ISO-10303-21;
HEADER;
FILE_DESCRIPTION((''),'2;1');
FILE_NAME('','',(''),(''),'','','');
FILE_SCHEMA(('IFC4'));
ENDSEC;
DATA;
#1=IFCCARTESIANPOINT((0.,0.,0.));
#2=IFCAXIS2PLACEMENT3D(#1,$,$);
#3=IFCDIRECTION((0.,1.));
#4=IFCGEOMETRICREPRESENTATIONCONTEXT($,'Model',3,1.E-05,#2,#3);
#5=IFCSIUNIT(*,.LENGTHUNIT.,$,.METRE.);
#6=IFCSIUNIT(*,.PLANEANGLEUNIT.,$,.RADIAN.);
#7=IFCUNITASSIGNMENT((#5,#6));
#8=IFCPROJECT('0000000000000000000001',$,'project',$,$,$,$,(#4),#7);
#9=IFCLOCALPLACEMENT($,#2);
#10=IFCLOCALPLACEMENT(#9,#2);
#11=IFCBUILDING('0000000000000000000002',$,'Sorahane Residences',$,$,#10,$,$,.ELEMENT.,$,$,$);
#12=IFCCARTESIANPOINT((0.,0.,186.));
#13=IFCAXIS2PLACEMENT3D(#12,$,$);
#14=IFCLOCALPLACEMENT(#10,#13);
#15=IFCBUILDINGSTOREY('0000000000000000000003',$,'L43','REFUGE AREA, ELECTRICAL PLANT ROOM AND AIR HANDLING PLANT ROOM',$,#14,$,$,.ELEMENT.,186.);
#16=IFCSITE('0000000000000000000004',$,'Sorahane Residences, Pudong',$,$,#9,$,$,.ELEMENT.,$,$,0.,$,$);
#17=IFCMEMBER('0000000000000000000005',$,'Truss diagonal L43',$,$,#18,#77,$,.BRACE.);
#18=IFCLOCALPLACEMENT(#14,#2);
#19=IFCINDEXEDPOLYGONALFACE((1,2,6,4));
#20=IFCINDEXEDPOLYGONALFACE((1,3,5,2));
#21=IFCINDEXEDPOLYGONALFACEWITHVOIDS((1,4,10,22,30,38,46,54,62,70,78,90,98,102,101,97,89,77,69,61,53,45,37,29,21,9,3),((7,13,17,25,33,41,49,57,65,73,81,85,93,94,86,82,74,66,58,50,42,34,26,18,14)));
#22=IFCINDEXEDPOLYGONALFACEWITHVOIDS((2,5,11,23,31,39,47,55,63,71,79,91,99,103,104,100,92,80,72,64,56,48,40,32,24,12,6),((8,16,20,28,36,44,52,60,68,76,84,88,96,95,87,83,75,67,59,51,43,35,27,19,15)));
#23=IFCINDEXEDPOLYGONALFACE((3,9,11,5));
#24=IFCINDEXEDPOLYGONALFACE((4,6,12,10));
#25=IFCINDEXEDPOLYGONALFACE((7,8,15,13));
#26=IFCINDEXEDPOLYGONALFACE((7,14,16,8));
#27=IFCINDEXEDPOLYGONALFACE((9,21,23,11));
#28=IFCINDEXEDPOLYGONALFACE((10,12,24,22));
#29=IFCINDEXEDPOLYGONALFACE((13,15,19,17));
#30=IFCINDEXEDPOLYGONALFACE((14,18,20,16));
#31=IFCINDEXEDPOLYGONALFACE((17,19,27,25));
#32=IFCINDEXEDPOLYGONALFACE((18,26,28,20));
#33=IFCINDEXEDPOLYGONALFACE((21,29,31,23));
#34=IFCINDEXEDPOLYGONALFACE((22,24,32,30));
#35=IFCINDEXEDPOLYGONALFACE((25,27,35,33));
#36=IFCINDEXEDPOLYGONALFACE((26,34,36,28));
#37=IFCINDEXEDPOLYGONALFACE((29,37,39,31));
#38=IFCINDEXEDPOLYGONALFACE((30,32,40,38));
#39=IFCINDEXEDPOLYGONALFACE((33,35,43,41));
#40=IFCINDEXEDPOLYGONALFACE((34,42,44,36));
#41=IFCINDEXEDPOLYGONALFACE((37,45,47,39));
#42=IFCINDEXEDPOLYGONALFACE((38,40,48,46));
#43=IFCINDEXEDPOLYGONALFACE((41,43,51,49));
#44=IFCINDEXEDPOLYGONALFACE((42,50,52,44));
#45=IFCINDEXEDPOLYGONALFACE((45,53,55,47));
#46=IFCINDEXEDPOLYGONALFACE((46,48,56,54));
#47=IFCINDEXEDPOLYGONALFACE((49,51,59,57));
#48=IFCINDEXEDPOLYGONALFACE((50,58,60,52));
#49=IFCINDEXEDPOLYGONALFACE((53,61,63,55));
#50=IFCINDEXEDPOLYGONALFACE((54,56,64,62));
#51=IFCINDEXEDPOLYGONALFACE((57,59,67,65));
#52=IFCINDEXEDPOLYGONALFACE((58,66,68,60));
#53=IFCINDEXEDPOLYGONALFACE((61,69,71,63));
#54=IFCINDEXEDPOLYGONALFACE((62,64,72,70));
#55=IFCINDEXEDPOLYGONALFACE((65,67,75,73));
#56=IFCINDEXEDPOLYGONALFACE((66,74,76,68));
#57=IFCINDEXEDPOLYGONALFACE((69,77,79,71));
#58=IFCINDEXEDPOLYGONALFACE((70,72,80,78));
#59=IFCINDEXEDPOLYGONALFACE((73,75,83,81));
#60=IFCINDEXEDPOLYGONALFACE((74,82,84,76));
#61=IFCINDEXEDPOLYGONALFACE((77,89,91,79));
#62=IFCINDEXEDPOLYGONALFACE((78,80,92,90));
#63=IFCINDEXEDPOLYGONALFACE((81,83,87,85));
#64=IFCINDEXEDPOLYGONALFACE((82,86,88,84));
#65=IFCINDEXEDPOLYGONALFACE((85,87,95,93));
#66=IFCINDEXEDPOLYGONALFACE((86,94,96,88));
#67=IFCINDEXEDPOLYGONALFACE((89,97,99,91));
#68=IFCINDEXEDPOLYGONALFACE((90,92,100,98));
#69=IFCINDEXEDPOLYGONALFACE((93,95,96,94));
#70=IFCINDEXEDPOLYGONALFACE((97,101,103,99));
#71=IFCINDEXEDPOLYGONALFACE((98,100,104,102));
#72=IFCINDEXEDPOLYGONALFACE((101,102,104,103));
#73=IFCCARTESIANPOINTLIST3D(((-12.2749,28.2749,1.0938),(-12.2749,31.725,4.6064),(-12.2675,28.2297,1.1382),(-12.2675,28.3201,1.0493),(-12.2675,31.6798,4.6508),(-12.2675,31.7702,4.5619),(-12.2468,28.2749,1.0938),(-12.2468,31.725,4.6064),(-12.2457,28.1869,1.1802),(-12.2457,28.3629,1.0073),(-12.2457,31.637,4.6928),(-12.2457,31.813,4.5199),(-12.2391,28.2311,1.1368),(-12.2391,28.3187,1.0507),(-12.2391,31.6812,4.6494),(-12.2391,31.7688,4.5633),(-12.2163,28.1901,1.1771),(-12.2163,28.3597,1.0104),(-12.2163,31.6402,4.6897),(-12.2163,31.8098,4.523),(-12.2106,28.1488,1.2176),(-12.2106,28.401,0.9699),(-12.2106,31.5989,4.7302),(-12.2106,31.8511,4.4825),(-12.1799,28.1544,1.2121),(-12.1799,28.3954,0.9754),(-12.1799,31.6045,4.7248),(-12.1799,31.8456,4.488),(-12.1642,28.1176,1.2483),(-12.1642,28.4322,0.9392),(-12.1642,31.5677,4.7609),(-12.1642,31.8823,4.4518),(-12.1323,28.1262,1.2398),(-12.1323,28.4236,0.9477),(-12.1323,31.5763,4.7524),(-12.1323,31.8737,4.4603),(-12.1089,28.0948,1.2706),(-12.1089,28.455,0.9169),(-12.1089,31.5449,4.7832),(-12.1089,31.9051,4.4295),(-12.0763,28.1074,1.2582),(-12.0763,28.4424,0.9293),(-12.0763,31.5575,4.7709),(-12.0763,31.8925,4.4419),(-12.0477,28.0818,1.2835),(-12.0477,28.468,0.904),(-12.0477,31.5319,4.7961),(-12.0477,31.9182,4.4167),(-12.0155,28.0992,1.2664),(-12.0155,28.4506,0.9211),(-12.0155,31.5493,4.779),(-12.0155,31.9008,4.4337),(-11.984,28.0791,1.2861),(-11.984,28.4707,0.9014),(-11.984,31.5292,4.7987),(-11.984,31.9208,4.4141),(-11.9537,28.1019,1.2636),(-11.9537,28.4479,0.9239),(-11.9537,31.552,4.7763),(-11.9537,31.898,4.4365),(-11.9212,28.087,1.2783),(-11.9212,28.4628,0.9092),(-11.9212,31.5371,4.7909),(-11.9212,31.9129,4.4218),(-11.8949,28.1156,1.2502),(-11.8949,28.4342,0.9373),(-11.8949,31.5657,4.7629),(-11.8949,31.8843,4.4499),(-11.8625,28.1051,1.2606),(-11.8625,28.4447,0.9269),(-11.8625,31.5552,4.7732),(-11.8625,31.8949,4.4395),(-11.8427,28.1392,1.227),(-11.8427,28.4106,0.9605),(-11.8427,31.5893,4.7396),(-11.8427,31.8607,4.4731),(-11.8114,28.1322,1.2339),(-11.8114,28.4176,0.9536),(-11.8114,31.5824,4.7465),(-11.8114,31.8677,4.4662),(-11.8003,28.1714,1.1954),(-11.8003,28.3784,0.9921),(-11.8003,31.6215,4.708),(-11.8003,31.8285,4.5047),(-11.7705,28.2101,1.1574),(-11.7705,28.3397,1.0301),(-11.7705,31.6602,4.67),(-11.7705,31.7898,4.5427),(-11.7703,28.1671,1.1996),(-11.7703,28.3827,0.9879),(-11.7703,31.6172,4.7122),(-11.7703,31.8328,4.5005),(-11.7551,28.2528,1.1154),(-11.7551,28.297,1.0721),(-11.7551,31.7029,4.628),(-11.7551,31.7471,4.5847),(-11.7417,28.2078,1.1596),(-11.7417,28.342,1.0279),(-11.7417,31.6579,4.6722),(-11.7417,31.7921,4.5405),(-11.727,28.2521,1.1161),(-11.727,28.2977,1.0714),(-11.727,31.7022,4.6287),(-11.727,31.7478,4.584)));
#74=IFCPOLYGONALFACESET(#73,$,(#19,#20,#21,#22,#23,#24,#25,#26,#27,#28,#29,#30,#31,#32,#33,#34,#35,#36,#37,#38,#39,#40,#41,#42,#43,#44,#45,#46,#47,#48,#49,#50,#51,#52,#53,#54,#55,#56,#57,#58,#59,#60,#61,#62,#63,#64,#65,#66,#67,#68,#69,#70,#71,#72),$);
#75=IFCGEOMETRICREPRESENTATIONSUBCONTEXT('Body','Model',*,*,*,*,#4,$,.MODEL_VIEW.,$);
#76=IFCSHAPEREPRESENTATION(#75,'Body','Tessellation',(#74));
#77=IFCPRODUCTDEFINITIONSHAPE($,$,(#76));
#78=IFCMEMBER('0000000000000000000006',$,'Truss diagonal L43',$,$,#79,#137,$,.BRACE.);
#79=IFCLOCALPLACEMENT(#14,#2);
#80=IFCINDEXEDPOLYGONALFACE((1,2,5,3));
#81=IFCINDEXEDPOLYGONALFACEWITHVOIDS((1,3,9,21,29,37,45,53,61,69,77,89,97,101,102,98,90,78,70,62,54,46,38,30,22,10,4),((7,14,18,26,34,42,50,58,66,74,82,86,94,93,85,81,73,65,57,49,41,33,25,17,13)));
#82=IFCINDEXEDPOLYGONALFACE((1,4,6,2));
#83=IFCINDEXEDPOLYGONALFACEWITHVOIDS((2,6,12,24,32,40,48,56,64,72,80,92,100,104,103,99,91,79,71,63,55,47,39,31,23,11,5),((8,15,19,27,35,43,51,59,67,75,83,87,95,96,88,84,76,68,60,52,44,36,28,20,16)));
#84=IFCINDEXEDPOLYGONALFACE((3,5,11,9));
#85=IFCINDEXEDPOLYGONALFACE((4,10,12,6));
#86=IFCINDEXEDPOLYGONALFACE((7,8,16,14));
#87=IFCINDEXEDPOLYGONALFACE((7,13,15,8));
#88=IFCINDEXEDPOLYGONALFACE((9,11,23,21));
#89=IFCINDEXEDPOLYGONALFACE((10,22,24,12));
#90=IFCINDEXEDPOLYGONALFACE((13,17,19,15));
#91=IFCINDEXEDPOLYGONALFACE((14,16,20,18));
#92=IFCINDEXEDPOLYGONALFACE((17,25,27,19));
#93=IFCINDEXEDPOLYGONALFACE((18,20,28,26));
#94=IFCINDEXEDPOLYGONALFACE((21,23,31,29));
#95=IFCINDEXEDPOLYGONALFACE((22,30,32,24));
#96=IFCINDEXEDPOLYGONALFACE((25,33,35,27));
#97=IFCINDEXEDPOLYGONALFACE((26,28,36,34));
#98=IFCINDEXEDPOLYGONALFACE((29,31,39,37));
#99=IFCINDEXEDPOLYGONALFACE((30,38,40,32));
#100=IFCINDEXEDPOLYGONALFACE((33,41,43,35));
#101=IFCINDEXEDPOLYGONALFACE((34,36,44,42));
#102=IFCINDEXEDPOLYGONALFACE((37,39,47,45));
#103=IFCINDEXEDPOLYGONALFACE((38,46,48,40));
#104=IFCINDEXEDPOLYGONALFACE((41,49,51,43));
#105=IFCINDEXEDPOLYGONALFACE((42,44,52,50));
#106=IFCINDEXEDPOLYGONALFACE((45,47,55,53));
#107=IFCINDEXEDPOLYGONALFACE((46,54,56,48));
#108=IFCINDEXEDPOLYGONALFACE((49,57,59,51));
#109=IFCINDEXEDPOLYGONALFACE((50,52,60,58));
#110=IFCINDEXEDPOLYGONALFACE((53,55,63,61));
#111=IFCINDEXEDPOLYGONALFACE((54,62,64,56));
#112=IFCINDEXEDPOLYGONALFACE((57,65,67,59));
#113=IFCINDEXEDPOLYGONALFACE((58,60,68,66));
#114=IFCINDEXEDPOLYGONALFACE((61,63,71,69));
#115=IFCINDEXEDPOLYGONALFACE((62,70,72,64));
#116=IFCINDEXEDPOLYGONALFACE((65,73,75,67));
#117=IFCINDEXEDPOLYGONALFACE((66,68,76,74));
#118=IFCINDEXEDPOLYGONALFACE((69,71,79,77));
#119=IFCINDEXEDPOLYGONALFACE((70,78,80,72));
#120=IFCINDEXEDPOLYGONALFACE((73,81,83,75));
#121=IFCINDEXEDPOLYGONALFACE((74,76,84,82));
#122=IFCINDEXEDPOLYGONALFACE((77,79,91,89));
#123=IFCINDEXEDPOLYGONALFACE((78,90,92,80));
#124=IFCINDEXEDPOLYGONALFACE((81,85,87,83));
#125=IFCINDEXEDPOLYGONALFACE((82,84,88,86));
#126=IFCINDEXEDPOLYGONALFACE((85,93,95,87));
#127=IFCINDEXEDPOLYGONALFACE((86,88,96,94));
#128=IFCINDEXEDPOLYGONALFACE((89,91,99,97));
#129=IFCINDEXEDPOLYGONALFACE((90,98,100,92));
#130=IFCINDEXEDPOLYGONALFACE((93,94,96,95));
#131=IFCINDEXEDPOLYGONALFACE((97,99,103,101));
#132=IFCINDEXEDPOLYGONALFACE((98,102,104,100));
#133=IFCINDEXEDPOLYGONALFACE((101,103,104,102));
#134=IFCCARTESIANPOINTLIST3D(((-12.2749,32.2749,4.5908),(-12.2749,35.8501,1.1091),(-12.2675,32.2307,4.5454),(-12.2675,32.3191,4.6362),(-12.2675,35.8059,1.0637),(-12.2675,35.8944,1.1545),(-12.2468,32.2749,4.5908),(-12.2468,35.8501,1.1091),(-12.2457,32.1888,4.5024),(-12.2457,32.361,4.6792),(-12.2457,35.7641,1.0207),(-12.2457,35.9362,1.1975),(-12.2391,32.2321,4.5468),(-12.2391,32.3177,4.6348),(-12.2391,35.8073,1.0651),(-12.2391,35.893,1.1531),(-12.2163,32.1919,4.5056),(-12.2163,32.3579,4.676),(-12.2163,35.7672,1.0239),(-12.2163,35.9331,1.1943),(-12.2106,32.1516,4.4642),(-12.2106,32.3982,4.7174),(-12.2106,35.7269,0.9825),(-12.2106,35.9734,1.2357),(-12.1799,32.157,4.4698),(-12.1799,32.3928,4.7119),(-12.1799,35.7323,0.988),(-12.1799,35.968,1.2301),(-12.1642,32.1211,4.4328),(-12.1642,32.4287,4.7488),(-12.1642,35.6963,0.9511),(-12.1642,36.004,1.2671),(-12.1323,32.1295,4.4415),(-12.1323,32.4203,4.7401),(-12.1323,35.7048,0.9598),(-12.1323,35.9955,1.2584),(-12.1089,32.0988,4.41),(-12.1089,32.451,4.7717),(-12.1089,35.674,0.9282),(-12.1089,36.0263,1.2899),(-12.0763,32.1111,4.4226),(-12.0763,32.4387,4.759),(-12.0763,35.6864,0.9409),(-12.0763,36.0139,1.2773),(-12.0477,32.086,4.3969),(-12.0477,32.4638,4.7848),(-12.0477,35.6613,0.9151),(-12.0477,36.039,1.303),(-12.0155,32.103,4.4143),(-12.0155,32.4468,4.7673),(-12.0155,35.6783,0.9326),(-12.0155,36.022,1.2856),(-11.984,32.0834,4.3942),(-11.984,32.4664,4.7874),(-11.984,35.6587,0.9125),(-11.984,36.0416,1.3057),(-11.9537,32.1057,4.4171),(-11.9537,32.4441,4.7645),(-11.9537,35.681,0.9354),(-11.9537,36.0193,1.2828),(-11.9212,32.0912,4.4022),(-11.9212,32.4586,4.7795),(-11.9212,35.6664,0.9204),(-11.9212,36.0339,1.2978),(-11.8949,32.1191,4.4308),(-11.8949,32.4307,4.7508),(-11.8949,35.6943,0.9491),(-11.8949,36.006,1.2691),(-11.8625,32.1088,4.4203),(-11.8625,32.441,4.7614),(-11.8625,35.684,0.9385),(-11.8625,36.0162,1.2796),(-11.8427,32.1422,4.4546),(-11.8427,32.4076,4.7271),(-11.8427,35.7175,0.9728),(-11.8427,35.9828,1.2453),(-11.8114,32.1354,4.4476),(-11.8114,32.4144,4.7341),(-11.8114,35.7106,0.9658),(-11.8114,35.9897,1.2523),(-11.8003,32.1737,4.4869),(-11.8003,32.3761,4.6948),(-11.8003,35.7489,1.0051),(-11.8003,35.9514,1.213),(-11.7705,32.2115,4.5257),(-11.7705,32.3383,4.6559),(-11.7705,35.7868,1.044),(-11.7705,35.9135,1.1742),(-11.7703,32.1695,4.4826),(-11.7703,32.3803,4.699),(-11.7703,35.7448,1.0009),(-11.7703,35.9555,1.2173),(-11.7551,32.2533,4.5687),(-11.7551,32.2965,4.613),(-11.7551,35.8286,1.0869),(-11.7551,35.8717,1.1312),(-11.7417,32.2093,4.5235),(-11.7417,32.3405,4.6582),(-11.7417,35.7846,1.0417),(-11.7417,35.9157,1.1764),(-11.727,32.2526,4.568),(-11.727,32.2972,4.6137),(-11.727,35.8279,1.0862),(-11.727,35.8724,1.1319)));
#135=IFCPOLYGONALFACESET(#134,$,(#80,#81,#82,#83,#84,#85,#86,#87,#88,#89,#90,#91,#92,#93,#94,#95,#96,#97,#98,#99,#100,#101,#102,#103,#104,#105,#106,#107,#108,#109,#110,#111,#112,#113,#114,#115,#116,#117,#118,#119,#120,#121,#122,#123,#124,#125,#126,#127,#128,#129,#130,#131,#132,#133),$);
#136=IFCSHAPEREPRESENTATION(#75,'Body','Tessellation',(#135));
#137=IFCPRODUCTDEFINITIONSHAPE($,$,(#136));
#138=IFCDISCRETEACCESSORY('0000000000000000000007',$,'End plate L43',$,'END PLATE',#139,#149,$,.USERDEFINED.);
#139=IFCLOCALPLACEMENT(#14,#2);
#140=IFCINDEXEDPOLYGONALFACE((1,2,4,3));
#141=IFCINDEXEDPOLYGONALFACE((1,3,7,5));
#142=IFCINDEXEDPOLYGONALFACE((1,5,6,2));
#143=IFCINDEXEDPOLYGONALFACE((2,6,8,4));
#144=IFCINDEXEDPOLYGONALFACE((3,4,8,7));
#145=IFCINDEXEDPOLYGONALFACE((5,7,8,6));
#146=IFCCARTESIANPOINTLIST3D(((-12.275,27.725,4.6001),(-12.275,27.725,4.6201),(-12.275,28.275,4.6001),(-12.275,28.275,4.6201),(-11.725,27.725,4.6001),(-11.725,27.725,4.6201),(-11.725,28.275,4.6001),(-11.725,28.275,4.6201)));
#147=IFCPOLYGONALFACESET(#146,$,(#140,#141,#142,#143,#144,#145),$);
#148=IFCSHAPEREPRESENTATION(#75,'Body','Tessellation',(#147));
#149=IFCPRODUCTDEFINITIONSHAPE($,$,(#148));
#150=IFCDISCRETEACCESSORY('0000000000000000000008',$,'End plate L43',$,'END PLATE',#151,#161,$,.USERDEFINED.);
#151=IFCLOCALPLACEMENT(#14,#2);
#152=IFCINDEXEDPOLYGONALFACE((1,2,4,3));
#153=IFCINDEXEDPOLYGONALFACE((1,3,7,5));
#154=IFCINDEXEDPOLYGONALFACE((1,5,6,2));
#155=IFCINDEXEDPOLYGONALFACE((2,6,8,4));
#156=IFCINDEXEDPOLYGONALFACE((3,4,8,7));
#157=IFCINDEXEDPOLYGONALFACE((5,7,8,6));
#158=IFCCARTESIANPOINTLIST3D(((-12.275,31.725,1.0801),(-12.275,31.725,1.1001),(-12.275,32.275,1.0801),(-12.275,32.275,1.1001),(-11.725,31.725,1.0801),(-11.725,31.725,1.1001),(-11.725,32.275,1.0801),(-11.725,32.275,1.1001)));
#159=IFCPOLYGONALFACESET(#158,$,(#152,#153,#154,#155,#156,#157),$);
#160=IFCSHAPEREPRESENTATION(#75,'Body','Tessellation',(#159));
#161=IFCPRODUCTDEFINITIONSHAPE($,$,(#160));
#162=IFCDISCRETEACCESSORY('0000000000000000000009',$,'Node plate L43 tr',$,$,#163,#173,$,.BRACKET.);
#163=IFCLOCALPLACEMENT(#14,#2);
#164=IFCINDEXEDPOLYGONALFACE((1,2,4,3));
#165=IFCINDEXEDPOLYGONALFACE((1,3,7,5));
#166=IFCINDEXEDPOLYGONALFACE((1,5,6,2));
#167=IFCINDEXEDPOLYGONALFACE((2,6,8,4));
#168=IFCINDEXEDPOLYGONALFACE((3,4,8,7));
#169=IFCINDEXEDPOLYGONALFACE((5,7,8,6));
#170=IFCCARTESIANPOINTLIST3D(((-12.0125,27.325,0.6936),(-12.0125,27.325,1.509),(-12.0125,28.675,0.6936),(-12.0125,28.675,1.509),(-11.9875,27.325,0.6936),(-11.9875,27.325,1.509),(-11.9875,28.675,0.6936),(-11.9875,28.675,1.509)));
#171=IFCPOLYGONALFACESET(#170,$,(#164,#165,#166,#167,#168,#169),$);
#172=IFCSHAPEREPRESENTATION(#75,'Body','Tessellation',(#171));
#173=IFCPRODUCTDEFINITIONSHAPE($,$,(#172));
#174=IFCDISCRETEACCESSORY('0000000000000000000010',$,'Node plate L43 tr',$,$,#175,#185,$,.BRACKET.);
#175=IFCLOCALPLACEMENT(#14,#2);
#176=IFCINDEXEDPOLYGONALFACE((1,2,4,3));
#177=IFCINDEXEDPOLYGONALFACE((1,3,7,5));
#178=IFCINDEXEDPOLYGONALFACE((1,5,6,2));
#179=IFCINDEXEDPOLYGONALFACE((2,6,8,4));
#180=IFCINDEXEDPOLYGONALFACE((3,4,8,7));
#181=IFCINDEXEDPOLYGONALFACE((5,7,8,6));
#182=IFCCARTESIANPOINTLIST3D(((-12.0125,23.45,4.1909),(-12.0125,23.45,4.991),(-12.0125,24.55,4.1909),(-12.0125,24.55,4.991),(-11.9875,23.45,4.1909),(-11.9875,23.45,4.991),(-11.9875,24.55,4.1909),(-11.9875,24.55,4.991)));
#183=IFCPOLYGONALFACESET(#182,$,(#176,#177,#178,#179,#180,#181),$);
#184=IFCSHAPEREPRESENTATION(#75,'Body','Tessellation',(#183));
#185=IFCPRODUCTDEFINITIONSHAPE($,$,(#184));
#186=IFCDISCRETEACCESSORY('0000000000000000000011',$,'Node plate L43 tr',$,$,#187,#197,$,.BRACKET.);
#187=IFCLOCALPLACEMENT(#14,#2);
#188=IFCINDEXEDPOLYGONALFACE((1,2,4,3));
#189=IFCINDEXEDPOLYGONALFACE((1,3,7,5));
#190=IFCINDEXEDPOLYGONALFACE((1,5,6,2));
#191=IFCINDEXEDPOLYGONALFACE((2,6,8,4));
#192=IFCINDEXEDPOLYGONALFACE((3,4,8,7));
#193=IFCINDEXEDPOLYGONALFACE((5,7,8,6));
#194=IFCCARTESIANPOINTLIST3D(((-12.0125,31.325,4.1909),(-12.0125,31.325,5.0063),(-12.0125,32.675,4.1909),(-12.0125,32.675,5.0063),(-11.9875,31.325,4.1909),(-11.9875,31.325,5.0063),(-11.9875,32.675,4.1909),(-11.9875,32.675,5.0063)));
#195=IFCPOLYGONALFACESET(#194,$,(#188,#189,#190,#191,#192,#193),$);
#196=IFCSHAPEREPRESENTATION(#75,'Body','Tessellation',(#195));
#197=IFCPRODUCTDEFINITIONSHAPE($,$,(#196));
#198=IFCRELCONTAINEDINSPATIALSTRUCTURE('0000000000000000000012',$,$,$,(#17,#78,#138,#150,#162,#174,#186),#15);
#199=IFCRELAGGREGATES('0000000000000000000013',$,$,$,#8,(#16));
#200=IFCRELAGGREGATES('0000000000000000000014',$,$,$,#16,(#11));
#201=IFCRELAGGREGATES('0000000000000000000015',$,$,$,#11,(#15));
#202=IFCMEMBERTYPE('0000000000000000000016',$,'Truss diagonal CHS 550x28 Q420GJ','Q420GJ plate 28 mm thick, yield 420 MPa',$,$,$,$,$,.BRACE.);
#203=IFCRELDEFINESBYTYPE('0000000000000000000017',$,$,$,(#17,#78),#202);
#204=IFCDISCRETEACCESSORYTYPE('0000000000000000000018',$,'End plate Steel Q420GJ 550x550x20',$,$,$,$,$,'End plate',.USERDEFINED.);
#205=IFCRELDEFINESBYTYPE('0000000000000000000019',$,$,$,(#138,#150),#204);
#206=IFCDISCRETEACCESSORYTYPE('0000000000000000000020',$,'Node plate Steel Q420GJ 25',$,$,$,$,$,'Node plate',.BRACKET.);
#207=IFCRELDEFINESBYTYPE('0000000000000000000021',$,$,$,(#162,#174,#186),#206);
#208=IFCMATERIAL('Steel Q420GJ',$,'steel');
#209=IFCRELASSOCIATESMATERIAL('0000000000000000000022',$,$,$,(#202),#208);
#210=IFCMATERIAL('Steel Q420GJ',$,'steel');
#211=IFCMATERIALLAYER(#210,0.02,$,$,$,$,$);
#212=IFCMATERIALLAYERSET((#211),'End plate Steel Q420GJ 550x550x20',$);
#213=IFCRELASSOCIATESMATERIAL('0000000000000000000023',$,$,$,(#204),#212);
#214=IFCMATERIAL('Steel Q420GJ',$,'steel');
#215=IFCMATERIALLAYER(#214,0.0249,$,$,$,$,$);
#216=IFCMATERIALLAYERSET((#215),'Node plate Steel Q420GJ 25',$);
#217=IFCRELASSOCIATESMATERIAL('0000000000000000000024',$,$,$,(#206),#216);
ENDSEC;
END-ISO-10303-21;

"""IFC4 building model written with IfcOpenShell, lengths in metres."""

from ifc_helpers import new_model, si_unit, direction, frame, origin, origin_2d, place, context, subcontext, project, spatial, rectangle, hollow_circle, extrude, material, layer, layer_set, material_profile, profile_set, type_object, element, save


model = new_model("IFC4")

# Units and contexts
model_context = context("Model", 3, precision=1e-05, world=origin(), true_north=direction((0.0, 1.0)))
body_context = subcontext(model_context, "Body", "Model", "MODEL_VIEW")
ifc_project = project(units=[si_unit("LENGTHUNIT", "METRE"), si_unit("PLANEANGLEUNIT", "RADIAN")], contexts=[model_context])

# Site, building, storey
site_placement = place(None, origin())
site = spatial("IfcSite", under=ifc_project, at=site_placement, Name="Sorahane Residences, Pudong", CompositionType="ELEMENT", RefElevation=0.0)
building_placement = place(site_placement, origin())
building = spatial("IfcBuilding", under=site, at=building_placement, Name="Sorahane Residences", CompositionType="ELEMENT")
storey_placement = place(building_placement, frame((0.0, 0.0, 186.0)))
storey = spatial("IfcBuildingStorey", under=building, at=storey_placement, Name="L43", Description="REFUGE AREA, ELECTRICAL PLANT ROOM AND AIR HANDLING PLANT ROOM", CompositionType="ELEMENT", Elevation=186.0)

# Members
ifc_material_1 = material(Name="Steel Q420GJ", Category="steel")
ifc_material_profile_1 = material_profile(ifc_material_1, hollow_circle(Radius=0.2749, WallThickness=0.0281, at=origin_2d()), Name="CHS 550x28")
ifc_profile_set_1 = profile_set([ifc_material_profile_1], Name="Steel Q420GJ")
member_type = type_object("IfcMemberType", Name="Truss diagonal CHS 550x28 Q420GJ", Description="Q420GJ plate 28 mm thick, yield 420 MPa", PredefinedType="BRACE", material=ifc_profile_set_1)
member_1_placement = place(storey_placement, frame((-12.0, 28.2749, 1.0938), z_axis=(0.0, 0.700731, 0.713425), x_axis=(-1.0, 0.0, 0.0)))
element("IfcMember", 1, at=member_1_placement, inside=storey, type_object=member_type, Name="Truss diagonal L43", PredefinedType="BRACE", context=body_context, shape_type="SweptSolid", body=[
    extrude(hollow_circle(Radius=0.2749, WallThickness=0.0281, at=origin_2d()), origin(), (0.0, 0.0, 1.0), 4.9236),
])
member_2_placement = place(storey_placement, frame((-12.0, 32.2749, 4.5908), z_axis=(0.0, 0.716413, -0.697676), x_axis=(-1.0, 0.0, 0.0)))
element("IfcMember", 2, at=member_2_placement, inside=storey, type_object=member_type, Name="Truss diagonal L43", PredefinedType="BRACE", context=body_context, shape_type="SweptSolid", body=[
    extrude(hollow_circle(Radius=0.2749, WallThickness=0.0281, at=origin_2d()), origin(), (0.0, 0.0, 1.0), 4.9905),
])

# Discrete accessories
ifc_material_2 = material(Name="Steel Q420GJ", Category="steel")
ifc_layer_1 = layer(ifc_material_2, 0.02)
ifc_layer_set_1 = layer_set([ifc_layer_1], Name="End plate Steel Q420GJ 550x550x20")
discrete_accessory_type_1 = type_object("IfcDiscreteAccessoryType", Name="End plate Steel Q420GJ 550x550x20", ElementType="End plate", PredefinedType="USERDEFINED", material=ifc_layer_set_1)
for number, where, z_axis, x_axis, name in (
    (3, (-12.0, 28.0, 4.6001), (0.0, 0.0, 1.0), (1.0, 0.0, 0.0), "End plate L43"),
    (4, (-12.0, 32.0, 1.0801), (0.0, 0.0, 1.0), (1.0, 0.0, 0.0), "End plate L43"),
):
    element("IfcDiscreteAccessory", number, at=place(storey_placement, frame(where, z_axis=z_axis, x_axis=x_axis)), inside=storey, type_object=discrete_accessory_type_1, Name=name, ObjectType="END PLATE", PredefinedType="USERDEFINED", context=body_context, shape_type="SweptSolid", body=[
        extrude(rectangle(XDim=0.55, YDim=0.55, at=origin_2d()), origin(), (0.0, 0.0, 1.0), 0.02),
    ])
ifc_material_3 = material(Name="Steel Q420GJ", Category="steel")
ifc_layer_2 = layer(ifc_material_3, 0.0249)
ifc_layer_set_2 = layer_set([ifc_layer_2], Name="Node plate Steel Q420GJ 25")
discrete_accessory_type_2 = type_object("IfcDiscreteAccessoryType", Name="Node plate Steel Q420GJ 25", ElementType="Node plate", PredefinedType="BRACKET", material=ifc_layer_set_2)
discrete_accessory_1_placement = place(storey_placement, frame((-12.0, 28.0, 0.6936), z_axis=(0.0, 0.0, 1.0), x_axis=(0.0, 1.0, 0.0)))
element("IfcDiscreteAccessory", 5, at=discrete_accessory_1_placement, inside=storey, type_object=discrete_accessory_type_2, Name="Node plate L43 tr", PredefinedType="BRACKET", context=body_context, shape_type="SweptSolid", body=[
    extrude(rectangle(XDim=1.3501, YDim=0.0249, at=origin_2d()), origin(), (0.0, 0.0, 1.0), 0.8154),
])
discrete_accessory_2_placement = place(storey_placement, frame((-12.0, 24.0, 4.1909), z_axis=(0.0, 0.0, 1.0), x_axis=(0.0, 1.0, 0.0)))
element("IfcDiscreteAccessory", 6, at=discrete_accessory_2_placement, inside=storey, type_object=discrete_accessory_type_2, Name="Node plate L43 tr", PredefinedType="BRACKET", context=body_context, shape_type="SweptSolid", body=[
    extrude(rectangle(XDim=1.1001, YDim=0.0249, at=origin_2d()), origin(), (0.0, 0.0, 1.0), 0.8),
])
discrete_accessory_3_placement = place(storey_placement, frame((-12.0, 32.0, 4.1909), z_axis=(0.0, 0.0, 1.0), x_axis=(0.0, 1.0, 0.0)))
element("IfcDiscreteAccessory", 7, at=discrete_accessory_3_placement, inside=storey, type_object=discrete_accessory_type_2, Name="Node plate L43 tr", PredefinedType="BRACKET", context=body_context, shape_type="SweptSolid", body=[
    extrude(rectangle(XDim=1.3501, YDim=0.0249, at=origin_2d()), origin(), (0.0, 0.0, 1.0), 0.8154),
])

save(model, "model.ifc")
